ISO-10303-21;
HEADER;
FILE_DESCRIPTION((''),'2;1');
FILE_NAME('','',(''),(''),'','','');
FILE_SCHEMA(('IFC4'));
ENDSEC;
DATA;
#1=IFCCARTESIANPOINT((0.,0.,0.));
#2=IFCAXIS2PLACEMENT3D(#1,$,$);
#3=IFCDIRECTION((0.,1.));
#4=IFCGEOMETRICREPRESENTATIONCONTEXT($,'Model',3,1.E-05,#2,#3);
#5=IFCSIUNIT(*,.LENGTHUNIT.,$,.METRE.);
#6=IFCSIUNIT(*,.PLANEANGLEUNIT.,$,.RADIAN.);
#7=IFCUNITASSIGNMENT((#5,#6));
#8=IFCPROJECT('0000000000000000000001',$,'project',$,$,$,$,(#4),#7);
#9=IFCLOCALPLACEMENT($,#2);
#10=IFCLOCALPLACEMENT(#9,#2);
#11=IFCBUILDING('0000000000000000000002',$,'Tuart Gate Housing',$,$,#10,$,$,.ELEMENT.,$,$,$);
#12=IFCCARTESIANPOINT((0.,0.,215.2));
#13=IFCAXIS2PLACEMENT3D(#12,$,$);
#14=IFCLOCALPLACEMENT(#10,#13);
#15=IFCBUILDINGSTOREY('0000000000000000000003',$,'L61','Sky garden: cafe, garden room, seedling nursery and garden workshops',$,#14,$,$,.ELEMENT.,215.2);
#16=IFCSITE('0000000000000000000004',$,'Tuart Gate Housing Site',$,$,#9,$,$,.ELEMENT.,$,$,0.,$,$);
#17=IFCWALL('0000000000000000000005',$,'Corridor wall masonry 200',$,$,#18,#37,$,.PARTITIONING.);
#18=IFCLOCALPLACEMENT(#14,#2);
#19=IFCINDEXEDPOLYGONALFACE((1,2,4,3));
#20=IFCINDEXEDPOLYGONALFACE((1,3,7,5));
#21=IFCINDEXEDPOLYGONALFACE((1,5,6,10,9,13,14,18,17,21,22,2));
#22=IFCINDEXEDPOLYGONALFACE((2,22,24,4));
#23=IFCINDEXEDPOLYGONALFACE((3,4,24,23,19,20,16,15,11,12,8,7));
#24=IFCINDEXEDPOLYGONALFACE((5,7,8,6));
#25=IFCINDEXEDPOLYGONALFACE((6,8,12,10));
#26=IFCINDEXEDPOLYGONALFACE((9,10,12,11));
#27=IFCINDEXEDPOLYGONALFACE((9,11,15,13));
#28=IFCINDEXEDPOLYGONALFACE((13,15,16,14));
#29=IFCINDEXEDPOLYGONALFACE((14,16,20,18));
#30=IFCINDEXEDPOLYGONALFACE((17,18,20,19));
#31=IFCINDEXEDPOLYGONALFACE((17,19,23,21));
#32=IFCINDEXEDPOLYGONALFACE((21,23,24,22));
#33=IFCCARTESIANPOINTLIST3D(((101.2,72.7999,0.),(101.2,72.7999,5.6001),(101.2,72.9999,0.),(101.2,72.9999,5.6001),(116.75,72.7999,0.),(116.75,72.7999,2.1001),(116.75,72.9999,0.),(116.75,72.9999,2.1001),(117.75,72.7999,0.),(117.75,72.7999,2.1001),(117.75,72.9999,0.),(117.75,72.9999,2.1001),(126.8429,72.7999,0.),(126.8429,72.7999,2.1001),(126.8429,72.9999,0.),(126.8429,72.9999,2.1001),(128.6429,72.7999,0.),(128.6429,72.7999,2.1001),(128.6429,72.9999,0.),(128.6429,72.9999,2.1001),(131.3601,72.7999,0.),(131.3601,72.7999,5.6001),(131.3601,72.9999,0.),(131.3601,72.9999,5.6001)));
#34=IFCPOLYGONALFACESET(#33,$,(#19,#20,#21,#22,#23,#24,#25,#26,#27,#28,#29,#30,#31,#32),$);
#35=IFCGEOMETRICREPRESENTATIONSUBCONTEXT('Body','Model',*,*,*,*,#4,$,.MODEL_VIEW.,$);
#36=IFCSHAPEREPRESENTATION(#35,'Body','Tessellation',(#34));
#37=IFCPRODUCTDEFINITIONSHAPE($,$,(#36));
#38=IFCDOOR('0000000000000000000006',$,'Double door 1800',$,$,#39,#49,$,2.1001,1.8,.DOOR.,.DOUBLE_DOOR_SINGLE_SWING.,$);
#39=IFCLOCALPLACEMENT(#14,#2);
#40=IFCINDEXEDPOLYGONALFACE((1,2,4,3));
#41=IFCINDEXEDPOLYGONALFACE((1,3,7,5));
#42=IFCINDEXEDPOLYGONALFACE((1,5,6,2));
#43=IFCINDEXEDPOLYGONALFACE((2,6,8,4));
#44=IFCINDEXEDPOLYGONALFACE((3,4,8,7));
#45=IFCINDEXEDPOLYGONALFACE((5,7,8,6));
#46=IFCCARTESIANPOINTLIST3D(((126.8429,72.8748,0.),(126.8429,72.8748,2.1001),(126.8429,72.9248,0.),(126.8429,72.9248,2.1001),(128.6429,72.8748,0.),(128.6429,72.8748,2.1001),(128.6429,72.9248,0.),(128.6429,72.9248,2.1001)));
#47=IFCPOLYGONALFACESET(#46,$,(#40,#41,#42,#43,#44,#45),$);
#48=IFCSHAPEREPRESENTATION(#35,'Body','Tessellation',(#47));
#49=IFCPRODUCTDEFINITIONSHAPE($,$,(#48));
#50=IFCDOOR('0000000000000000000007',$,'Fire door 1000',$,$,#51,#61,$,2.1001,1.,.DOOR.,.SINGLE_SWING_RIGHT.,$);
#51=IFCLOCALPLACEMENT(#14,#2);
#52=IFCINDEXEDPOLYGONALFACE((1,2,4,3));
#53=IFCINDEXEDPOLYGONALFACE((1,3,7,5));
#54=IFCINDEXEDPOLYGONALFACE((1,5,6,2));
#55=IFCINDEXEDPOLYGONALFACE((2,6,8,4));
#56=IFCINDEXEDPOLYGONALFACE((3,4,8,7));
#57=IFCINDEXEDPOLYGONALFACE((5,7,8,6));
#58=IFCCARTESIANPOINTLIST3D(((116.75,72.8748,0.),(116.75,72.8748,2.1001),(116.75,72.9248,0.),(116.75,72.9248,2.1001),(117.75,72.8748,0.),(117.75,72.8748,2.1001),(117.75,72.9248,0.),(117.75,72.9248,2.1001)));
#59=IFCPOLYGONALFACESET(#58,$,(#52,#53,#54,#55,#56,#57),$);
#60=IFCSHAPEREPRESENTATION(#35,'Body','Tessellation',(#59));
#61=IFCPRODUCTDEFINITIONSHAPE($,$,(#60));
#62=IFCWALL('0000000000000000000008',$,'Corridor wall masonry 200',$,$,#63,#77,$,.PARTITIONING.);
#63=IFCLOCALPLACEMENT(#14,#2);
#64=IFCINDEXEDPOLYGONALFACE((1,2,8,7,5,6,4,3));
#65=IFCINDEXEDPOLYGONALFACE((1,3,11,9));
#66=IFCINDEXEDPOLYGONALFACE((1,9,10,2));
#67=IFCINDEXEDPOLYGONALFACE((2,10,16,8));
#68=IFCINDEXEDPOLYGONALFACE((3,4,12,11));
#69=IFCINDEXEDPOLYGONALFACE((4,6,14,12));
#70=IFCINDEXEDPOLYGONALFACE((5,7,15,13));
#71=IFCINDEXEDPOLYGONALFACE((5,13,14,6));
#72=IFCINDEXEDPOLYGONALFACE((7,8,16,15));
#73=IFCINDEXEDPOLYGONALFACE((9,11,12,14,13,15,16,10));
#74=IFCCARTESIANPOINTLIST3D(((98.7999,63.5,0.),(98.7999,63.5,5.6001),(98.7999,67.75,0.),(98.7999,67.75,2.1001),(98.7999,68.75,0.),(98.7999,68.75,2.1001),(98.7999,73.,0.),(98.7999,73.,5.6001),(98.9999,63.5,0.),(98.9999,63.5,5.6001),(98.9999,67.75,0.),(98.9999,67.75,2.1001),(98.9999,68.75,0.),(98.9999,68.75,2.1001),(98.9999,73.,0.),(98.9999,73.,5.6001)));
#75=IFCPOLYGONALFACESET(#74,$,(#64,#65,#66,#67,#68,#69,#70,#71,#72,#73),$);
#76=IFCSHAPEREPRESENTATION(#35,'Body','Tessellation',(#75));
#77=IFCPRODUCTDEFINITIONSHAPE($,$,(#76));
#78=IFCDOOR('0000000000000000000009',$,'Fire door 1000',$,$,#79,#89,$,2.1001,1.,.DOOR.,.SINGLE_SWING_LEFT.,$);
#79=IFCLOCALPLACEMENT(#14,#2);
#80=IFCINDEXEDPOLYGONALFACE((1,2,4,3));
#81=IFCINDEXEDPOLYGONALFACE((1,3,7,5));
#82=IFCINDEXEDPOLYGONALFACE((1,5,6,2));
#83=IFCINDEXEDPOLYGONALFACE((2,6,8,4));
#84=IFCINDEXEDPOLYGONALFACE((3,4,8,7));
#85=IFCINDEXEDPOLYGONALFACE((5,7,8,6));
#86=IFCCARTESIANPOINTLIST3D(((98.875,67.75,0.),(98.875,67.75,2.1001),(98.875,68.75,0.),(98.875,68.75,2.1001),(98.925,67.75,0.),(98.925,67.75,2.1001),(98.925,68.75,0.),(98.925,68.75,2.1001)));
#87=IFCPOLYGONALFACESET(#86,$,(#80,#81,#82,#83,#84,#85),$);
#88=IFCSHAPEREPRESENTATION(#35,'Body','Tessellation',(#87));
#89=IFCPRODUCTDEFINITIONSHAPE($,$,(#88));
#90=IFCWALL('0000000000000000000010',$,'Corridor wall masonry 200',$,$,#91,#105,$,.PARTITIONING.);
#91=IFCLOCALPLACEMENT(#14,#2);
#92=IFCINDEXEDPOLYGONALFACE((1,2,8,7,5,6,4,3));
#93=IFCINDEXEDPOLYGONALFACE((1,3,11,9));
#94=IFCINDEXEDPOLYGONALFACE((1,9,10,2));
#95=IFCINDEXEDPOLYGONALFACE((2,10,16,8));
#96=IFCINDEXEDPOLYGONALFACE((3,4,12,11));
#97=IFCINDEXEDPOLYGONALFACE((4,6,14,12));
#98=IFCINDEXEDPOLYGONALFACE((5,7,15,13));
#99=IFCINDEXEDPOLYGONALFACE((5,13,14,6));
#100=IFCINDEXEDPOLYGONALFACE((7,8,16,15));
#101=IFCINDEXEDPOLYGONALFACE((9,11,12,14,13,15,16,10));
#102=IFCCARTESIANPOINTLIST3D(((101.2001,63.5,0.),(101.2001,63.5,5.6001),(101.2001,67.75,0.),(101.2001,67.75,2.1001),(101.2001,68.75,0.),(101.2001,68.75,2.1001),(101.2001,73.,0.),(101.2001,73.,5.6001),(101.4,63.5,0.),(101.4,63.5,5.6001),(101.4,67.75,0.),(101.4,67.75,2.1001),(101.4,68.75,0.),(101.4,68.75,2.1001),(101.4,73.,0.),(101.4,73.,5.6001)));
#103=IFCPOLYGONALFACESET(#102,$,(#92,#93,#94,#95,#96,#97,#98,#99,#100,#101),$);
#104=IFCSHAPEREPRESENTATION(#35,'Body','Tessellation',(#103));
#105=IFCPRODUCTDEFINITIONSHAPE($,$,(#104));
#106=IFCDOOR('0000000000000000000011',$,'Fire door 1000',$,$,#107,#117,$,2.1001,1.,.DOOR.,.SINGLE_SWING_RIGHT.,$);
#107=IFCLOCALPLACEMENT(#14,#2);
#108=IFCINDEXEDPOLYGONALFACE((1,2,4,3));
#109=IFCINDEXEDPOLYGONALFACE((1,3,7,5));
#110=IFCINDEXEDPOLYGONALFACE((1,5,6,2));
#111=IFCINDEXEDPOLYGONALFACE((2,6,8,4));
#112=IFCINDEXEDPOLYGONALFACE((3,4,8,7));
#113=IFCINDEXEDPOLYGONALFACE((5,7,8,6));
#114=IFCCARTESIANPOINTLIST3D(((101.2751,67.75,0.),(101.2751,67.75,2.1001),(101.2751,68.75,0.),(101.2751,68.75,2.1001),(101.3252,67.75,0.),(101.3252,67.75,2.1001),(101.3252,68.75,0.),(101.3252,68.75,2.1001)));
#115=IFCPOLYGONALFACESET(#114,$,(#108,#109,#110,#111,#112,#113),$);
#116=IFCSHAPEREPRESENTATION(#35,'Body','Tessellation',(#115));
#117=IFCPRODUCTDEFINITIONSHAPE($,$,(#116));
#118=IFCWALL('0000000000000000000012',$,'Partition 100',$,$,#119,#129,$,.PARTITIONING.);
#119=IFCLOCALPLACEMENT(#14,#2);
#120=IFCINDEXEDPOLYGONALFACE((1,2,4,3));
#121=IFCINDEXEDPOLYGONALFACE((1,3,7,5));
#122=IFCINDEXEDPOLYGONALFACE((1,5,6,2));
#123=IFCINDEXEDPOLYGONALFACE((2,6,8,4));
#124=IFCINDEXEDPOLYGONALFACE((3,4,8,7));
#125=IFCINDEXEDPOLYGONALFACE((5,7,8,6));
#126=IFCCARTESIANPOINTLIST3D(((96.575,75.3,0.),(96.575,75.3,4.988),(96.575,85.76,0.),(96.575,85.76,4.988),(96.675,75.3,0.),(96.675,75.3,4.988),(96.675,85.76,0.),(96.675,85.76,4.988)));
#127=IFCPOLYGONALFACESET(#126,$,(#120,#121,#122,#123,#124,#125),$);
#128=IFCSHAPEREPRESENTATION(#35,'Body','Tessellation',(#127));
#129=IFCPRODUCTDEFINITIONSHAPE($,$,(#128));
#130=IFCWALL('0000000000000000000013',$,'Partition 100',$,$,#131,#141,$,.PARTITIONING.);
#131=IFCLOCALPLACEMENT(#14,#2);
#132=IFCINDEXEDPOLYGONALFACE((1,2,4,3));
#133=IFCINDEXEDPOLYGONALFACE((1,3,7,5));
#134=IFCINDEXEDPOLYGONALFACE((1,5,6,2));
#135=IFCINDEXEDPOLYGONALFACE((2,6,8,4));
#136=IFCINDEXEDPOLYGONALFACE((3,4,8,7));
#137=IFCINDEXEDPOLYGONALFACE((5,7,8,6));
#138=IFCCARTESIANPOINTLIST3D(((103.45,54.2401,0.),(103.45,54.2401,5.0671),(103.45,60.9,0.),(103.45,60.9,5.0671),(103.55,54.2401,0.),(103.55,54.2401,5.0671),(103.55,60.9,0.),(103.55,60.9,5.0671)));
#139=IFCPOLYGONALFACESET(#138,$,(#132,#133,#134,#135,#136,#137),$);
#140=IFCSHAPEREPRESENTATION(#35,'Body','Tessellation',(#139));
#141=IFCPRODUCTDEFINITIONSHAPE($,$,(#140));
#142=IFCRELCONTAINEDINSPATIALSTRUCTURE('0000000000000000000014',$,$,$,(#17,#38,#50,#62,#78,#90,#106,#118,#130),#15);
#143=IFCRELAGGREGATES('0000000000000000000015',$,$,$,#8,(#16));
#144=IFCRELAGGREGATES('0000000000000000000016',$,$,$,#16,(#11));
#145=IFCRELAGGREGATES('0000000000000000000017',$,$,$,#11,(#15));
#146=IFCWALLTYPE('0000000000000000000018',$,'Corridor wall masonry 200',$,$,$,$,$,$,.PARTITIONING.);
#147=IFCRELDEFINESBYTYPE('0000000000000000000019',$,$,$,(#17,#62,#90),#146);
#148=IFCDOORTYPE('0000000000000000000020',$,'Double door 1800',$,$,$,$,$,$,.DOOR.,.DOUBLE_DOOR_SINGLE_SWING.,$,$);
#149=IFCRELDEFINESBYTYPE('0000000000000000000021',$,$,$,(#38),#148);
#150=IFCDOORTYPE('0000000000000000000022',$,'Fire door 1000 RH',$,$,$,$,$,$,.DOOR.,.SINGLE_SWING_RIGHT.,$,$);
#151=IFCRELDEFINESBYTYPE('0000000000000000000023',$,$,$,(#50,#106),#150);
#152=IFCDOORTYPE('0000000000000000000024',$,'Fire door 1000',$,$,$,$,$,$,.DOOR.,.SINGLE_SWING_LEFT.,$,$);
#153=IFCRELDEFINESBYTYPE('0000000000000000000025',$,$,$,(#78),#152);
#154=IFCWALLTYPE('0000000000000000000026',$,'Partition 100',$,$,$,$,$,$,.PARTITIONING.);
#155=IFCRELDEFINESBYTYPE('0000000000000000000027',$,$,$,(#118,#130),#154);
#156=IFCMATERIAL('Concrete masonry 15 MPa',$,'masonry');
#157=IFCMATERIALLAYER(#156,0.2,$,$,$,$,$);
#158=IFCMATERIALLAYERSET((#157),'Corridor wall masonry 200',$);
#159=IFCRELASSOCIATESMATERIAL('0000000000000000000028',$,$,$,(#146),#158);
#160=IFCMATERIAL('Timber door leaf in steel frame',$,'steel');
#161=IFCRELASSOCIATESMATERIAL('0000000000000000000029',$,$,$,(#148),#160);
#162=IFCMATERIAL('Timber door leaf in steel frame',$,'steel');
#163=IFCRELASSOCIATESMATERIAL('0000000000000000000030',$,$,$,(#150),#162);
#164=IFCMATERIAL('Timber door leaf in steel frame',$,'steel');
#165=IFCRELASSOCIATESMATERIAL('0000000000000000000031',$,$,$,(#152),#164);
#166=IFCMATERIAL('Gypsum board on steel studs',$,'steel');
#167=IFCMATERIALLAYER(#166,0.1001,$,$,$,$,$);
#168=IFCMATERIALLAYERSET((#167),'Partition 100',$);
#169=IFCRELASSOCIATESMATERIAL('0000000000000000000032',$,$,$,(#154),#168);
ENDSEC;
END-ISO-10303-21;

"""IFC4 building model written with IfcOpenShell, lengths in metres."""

from ifc_helpers import new_model, si_unit, direction, frame, frame_2d, origin, place, context, subcontext, project, spatial, rectangle, extrude, material, layer, layer_set, type_object, element, fill, save


model = new_model("IFC4")

# Units and contexts
model_context = context("Model", 3, precision=1e-05, world=origin(), true_north=direction((0.0, 1.0)))
body_context = subcontext(model_context, "Body", "Model", "MODEL_VIEW")
ifc_project = project(units=[si_unit("LENGTHUNIT", "METRE"), si_unit("PLANEANGLEUNIT", "RADIAN")], contexts=[model_context])

# Site, building, storey
site_placement = place(None, origin())
site = spatial("IfcSite", under=ifc_project, at=site_placement, Name="Tuart Gate Housing Site", CompositionType="ELEMENT", RefElevation=0.0)
building_placement = place(site_placement, origin())
building = spatial("IfcBuilding", under=site, at=building_placement, Name="Tuart Gate Housing", CompositionType="ELEMENT")
storey_placement = place(building_placement, frame((0.0, 0.0, 215.2)))
storey = spatial("IfcBuildingStorey", under=building, at=storey_placement, Name="L61", Description="Sky garden: cafe, garden room, seedling nursery and garden workshops", CompositionType="ELEMENT", Elevation=215.2)

# Shared definitions
ifc_material_1 = material(Name="Concrete masonry 15 MPa", Category="masonry")
ifc_layer_1 = layer(ifc_material_1, 0.2)
ifc_layer_set_1 = layer_set([ifc_layer_1], Name="Corridor wall masonry 200")
wall_type_1 = type_object("IfcWallType", Name="Corridor wall masonry 200", PredefinedType="PARTITIONING", material=ifc_layer_set_1)

# Wall, openings, doors
wall_1_placement = place(storey_placement, frame((101.2, 72.8999, 0.0), z_axis=(0.0, 0.0, 1.0), x_axis=(1.0, 0.0, 0.0)))
wall_1 = element("IfcWall", 1, at=wall_1_placement, inside=storey, type_object=wall_type_1, Name="Corridor wall masonry 200", PredefinedType="PARTITIONING", context=body_context, shape_type="SweptSolid", body=[
    extrude(rectangle(XDim=30.1602, YDim=0.2, at=frame_2d((15.0801, 0.0))), origin(), (0.0, 0.0, 1.0), 5.6001),
])
opening_1_placement = place(wall_1_placement, frame((15.55, 0.0, 0.0)))
opening_1 = element("IfcOpeningElement", 2, at=opening_1_placement, cuts=wall_1, PredefinedType="OPENING", context=body_context, shape_type="SweptSolid", body=[
    extrude(rectangle(XDim=1.0, YDim=2.1001, at=frame_2d((0.5, 1.05))), frame((0.0, 0.1099, 0.0), z_axis=(0.0, -1.0, 0.0), x_axis=(1.0, 0.0, 0.0)), (0.0, 0.0, 1.0), 0.22),
])
opening_2_placement = place(wall_1_placement, frame((25.6431, 0.0, 0.0)))
opening_2 = element("IfcOpeningElement", 3, at=opening_2_placement, cuts=wall_1, PredefinedType="OPENING", context=body_context, shape_type="SweptSolid", body=[
    extrude(rectangle(XDim=1.8, YDim=2.1001, at=frame_2d((0.8999, 1.05))), frame((0.0, 0.1099, 0.0), z_axis=(0.0, -1.0, 0.0), x_axis=(1.0, 0.0, 0.0)), (0.0, 0.0, 1.0), 0.22),
])
ifc_material_2 = material(Name="Timber door leaf in steel frame", Category="steel")
door_type_1 = type_object("IfcDoorType", Name="Double door 1800", OperationType="DOUBLE_DOOR_SINGLE_SWING", PredefinedType="DOOR", material=ifc_material_2)
door_1_placement = place(opening_2_placement, frame((1.8, 0.0, 0.0), z_axis=(0.0, 0.0, 1.0), x_axis=(-1.0, 0.0, 0.0)))
door_1 = element("IfcDoor", 4, at=door_1_placement, inside=storey, type_object=door_type_1, Name="Double door 1800", OperationType="DOUBLE_DOOR_SINGLE_SWING", OverallHeight=2.1001, OverallWidth=1.8, PredefinedType="DOOR", context=body_context, shape_type="SweptSolid", body=[
    extrude(rectangle(XDim=1.8, YDim=2.1001, at=frame_2d((0.9001, 1.05))), frame((0.0, 0.0251, 0.0), z_axis=(0.0, -1.0, 0.0), x_axis=(1.0, 0.0, 0.0)), (0.0, 0.0, 1.0), 0.05),
])
fill(opening_2, door_1)
ifc_material_3 = material(Name="Timber door leaf in steel frame", Category="steel")
door_type_2 = type_object("IfcDoorType", Name="Fire door 1000 RH", OperationType="SINGLE_SWING_RIGHT", PredefinedType="DOOR", material=ifc_material_3)
door_2_placement = place(opening_1_placement, frame((1.0, 0.0, 0.0), z_axis=(0.0, 0.0, 1.0), x_axis=(-1.0, 0.0, 0.0)))
door_2 = element("IfcDoor", 5, at=door_2_placement, inside=storey, type_object=door_type_2, Name="Fire door 1000", OperationType="SINGLE_SWING_RIGHT", OverallHeight=2.1001, OverallWidth=1.0, PredefinedType="DOOR", context=body_context, shape_type="SweptSolid", body=[
    extrude(rectangle(XDim=1.0, YDim=2.1001, at=frame_2d((0.5, 1.05))), frame((0.0, 0.0251, 0.0), z_axis=(0.0, -1.0, 0.0), x_axis=(1.0, 0.0, 0.0)), (0.0, 0.0, 1.0), 0.05),
])
fill(opening_1, door_2)

# Walls, openings, doors
wall_2_placement = place(storey_placement, frame((98.8999, 63.5, 0.0), z_axis=(0.0, 0.0, 1.0), x_axis=(0.0, 1.0, 0.0)))
wall_2 = element("IfcWall", 6, at=wall_2_placement, inside=storey, type_object=wall_type_1, Name="Corridor wall masonry 200", PredefinedType="PARTITIONING", context=body_context, shape_type="SweptSolid", body=[
    extrude(rectangle(XDim=9.5, YDim=0.2, at=frame_2d((4.75, 0.0))), origin(), (0.0, 0.0, 1.0), 5.6001),
])
opening_3_placement = place(wall_2_placement, frame((4.25, 0.0, 0.0)))
opening_3 = element("IfcOpeningElement", 7, at=opening_3_placement, cuts=wall_2, PredefinedType="OPENING", context=body_context, shape_type="SweptSolid", body=[
    extrude(rectangle(XDim=1.0, YDim=2.1001, at=frame_2d((0.5, 1.05))), frame((0.0, 0.1099, 0.0), z_axis=(0.0, -1.0, 0.0), x_axis=(1.0, 0.0, 0.0)), (0.0, 0.0, 1.0), 0.22),
])
ifc_material_4 = material(Name="Timber door leaf in steel frame", Category="steel")
door_type_3 = type_object("IfcDoorType", Name="Fire door 1000", OperationType="SINGLE_SWING_LEFT", PredefinedType="DOOR", material=ifc_material_4)
door_3_placement = place(opening_3_placement, origin())
door_3 = element("IfcDoor", 8, at=door_3_placement, inside=storey, type_object=door_type_3, Name="Fire door 1000", OperationType="SINGLE_SWING_LEFT", OverallHeight=2.1001, OverallWidth=1.0, PredefinedType="DOOR", context=body_context, shape_type="SweptSolid", body=[
    extrude(rectangle(XDim=1.0, YDim=2.1001, at=frame_2d((0.5, 1.05))), frame((0.0, 0.0249, 0.0), z_axis=(0.0, -1.0, 0.0), x_axis=(1.0, 0.0, 0.0)), (0.0, 0.0, 1.0), 0.05),
])
fill(opening_3, door_3)
wall_3_placement = place(storey_placement, frame((101.3, 63.5, 0.0), z_axis=(0.0, 0.0, 1.0), x_axis=(0.0, 1.0, 0.0)))
wall_3 = element("IfcWall", 9, at=wall_3_placement, inside=storey, type_object=wall_type_1, Name="Corridor wall masonry 200", PredefinedType="PARTITIONING", context=body_context, shape_type="SweptSolid", body=[
    extrude(rectangle(XDim=9.5, YDim=0.2, at=frame_2d((4.75, 0.0))), origin(), (0.0, 0.0, 1.0), 5.6001),
])
opening_4_placement = place(wall_3_placement, frame((4.25, 0.0, 0.0)))
opening_4 = element("IfcOpeningElement", 10, at=opening_4_placement, cuts=wall_3, PredefinedType="OPENING", context=body_context, shape_type="SweptSolid", body=[
    extrude(rectangle(XDim=1.0, YDim=2.1001, at=frame_2d((0.5, 1.05))), frame((0.0, 0.1099, 0.0), z_axis=(0.0, -1.0, 0.0), x_axis=(1.0, 0.0, 0.0)), (0.0, 0.0, 1.0), 0.22),
])
door_4_placement = place(opening_4_placement, frame((1.0, 0.0, 0.0), z_axis=(0.0, 0.0, 1.0), x_axis=(-1.0, 0.0, 0.0)))
door_4 = element("IfcDoor", 11, at=door_4_placement, inside=storey, type_object=door_type_2, Name="Fire door 1000", OperationType="SINGLE_SWING_RIGHT", OverallHeight=2.1001, OverallWidth=1.0, PredefinedType="DOOR", context=body_context, shape_type="SweptSolid", body=[
    extrude(rectangle(XDim=1.0, YDim=2.1001, at=frame_2d((0.5, 1.05))), frame((0.0, 0.0251, 0.0), z_axis=(0.0, -1.0, 0.0), x_axis=(1.0, 0.0, 0.0)), (0.0, 0.0, 1.0), 0.05),
])
fill(opening_4, door_4)

# Walls
ifc_material_5 = material(Name="Gypsum board on steel studs", Category="steel")
ifc_layer_2 = layer(ifc_material_5, 0.1001)
ifc_layer_set_2 = layer_set([ifc_layer_2], Name="Partition 100")
wall_type_2 = type_object("IfcWallType", Name="Partition 100", PredefinedType="PARTITIONING", material=ifc_layer_set_2)
wall_4_placement = place(storey_placement, frame((96.625, 75.3, 0.0), z_axis=(0.0, 0.0, 1.0), x_axis=(0.0, 1.0, 0.0)))
element("IfcWall", 12, at=wall_4_placement, inside=storey, type_object=wall_type_2, Name="Partition 100", PredefinedType="PARTITIONING", context=body_context, shape_type="SweptSolid", body=[
    extrude(rectangle(XDim=10.46, YDim=0.1001, at=frame_2d((5.23, 0.0))), origin(), (0.0, 0.0, 1.0), 4.988),
])
wall_5_placement = place(storey_placement, frame((103.5, 54.24, 0.0), z_axis=(0.0, 0.0, 1.0), x_axis=(0.0, 1.0, 0.0)))
element("IfcWall", 13, at=wall_5_placement, inside=storey, type_object=wall_type_2, Name="Partition 100", PredefinedType="PARTITIONING", context=body_context, shape_type="SweptSolid", body=[
    extrude(rectangle(XDim=6.6599, YDim=0.1001, at=frame_2d((3.3301, 0.0))), origin(), (0.0, 0.0, 1.0), 5.0671),
])

save(model, "model.ifc")
